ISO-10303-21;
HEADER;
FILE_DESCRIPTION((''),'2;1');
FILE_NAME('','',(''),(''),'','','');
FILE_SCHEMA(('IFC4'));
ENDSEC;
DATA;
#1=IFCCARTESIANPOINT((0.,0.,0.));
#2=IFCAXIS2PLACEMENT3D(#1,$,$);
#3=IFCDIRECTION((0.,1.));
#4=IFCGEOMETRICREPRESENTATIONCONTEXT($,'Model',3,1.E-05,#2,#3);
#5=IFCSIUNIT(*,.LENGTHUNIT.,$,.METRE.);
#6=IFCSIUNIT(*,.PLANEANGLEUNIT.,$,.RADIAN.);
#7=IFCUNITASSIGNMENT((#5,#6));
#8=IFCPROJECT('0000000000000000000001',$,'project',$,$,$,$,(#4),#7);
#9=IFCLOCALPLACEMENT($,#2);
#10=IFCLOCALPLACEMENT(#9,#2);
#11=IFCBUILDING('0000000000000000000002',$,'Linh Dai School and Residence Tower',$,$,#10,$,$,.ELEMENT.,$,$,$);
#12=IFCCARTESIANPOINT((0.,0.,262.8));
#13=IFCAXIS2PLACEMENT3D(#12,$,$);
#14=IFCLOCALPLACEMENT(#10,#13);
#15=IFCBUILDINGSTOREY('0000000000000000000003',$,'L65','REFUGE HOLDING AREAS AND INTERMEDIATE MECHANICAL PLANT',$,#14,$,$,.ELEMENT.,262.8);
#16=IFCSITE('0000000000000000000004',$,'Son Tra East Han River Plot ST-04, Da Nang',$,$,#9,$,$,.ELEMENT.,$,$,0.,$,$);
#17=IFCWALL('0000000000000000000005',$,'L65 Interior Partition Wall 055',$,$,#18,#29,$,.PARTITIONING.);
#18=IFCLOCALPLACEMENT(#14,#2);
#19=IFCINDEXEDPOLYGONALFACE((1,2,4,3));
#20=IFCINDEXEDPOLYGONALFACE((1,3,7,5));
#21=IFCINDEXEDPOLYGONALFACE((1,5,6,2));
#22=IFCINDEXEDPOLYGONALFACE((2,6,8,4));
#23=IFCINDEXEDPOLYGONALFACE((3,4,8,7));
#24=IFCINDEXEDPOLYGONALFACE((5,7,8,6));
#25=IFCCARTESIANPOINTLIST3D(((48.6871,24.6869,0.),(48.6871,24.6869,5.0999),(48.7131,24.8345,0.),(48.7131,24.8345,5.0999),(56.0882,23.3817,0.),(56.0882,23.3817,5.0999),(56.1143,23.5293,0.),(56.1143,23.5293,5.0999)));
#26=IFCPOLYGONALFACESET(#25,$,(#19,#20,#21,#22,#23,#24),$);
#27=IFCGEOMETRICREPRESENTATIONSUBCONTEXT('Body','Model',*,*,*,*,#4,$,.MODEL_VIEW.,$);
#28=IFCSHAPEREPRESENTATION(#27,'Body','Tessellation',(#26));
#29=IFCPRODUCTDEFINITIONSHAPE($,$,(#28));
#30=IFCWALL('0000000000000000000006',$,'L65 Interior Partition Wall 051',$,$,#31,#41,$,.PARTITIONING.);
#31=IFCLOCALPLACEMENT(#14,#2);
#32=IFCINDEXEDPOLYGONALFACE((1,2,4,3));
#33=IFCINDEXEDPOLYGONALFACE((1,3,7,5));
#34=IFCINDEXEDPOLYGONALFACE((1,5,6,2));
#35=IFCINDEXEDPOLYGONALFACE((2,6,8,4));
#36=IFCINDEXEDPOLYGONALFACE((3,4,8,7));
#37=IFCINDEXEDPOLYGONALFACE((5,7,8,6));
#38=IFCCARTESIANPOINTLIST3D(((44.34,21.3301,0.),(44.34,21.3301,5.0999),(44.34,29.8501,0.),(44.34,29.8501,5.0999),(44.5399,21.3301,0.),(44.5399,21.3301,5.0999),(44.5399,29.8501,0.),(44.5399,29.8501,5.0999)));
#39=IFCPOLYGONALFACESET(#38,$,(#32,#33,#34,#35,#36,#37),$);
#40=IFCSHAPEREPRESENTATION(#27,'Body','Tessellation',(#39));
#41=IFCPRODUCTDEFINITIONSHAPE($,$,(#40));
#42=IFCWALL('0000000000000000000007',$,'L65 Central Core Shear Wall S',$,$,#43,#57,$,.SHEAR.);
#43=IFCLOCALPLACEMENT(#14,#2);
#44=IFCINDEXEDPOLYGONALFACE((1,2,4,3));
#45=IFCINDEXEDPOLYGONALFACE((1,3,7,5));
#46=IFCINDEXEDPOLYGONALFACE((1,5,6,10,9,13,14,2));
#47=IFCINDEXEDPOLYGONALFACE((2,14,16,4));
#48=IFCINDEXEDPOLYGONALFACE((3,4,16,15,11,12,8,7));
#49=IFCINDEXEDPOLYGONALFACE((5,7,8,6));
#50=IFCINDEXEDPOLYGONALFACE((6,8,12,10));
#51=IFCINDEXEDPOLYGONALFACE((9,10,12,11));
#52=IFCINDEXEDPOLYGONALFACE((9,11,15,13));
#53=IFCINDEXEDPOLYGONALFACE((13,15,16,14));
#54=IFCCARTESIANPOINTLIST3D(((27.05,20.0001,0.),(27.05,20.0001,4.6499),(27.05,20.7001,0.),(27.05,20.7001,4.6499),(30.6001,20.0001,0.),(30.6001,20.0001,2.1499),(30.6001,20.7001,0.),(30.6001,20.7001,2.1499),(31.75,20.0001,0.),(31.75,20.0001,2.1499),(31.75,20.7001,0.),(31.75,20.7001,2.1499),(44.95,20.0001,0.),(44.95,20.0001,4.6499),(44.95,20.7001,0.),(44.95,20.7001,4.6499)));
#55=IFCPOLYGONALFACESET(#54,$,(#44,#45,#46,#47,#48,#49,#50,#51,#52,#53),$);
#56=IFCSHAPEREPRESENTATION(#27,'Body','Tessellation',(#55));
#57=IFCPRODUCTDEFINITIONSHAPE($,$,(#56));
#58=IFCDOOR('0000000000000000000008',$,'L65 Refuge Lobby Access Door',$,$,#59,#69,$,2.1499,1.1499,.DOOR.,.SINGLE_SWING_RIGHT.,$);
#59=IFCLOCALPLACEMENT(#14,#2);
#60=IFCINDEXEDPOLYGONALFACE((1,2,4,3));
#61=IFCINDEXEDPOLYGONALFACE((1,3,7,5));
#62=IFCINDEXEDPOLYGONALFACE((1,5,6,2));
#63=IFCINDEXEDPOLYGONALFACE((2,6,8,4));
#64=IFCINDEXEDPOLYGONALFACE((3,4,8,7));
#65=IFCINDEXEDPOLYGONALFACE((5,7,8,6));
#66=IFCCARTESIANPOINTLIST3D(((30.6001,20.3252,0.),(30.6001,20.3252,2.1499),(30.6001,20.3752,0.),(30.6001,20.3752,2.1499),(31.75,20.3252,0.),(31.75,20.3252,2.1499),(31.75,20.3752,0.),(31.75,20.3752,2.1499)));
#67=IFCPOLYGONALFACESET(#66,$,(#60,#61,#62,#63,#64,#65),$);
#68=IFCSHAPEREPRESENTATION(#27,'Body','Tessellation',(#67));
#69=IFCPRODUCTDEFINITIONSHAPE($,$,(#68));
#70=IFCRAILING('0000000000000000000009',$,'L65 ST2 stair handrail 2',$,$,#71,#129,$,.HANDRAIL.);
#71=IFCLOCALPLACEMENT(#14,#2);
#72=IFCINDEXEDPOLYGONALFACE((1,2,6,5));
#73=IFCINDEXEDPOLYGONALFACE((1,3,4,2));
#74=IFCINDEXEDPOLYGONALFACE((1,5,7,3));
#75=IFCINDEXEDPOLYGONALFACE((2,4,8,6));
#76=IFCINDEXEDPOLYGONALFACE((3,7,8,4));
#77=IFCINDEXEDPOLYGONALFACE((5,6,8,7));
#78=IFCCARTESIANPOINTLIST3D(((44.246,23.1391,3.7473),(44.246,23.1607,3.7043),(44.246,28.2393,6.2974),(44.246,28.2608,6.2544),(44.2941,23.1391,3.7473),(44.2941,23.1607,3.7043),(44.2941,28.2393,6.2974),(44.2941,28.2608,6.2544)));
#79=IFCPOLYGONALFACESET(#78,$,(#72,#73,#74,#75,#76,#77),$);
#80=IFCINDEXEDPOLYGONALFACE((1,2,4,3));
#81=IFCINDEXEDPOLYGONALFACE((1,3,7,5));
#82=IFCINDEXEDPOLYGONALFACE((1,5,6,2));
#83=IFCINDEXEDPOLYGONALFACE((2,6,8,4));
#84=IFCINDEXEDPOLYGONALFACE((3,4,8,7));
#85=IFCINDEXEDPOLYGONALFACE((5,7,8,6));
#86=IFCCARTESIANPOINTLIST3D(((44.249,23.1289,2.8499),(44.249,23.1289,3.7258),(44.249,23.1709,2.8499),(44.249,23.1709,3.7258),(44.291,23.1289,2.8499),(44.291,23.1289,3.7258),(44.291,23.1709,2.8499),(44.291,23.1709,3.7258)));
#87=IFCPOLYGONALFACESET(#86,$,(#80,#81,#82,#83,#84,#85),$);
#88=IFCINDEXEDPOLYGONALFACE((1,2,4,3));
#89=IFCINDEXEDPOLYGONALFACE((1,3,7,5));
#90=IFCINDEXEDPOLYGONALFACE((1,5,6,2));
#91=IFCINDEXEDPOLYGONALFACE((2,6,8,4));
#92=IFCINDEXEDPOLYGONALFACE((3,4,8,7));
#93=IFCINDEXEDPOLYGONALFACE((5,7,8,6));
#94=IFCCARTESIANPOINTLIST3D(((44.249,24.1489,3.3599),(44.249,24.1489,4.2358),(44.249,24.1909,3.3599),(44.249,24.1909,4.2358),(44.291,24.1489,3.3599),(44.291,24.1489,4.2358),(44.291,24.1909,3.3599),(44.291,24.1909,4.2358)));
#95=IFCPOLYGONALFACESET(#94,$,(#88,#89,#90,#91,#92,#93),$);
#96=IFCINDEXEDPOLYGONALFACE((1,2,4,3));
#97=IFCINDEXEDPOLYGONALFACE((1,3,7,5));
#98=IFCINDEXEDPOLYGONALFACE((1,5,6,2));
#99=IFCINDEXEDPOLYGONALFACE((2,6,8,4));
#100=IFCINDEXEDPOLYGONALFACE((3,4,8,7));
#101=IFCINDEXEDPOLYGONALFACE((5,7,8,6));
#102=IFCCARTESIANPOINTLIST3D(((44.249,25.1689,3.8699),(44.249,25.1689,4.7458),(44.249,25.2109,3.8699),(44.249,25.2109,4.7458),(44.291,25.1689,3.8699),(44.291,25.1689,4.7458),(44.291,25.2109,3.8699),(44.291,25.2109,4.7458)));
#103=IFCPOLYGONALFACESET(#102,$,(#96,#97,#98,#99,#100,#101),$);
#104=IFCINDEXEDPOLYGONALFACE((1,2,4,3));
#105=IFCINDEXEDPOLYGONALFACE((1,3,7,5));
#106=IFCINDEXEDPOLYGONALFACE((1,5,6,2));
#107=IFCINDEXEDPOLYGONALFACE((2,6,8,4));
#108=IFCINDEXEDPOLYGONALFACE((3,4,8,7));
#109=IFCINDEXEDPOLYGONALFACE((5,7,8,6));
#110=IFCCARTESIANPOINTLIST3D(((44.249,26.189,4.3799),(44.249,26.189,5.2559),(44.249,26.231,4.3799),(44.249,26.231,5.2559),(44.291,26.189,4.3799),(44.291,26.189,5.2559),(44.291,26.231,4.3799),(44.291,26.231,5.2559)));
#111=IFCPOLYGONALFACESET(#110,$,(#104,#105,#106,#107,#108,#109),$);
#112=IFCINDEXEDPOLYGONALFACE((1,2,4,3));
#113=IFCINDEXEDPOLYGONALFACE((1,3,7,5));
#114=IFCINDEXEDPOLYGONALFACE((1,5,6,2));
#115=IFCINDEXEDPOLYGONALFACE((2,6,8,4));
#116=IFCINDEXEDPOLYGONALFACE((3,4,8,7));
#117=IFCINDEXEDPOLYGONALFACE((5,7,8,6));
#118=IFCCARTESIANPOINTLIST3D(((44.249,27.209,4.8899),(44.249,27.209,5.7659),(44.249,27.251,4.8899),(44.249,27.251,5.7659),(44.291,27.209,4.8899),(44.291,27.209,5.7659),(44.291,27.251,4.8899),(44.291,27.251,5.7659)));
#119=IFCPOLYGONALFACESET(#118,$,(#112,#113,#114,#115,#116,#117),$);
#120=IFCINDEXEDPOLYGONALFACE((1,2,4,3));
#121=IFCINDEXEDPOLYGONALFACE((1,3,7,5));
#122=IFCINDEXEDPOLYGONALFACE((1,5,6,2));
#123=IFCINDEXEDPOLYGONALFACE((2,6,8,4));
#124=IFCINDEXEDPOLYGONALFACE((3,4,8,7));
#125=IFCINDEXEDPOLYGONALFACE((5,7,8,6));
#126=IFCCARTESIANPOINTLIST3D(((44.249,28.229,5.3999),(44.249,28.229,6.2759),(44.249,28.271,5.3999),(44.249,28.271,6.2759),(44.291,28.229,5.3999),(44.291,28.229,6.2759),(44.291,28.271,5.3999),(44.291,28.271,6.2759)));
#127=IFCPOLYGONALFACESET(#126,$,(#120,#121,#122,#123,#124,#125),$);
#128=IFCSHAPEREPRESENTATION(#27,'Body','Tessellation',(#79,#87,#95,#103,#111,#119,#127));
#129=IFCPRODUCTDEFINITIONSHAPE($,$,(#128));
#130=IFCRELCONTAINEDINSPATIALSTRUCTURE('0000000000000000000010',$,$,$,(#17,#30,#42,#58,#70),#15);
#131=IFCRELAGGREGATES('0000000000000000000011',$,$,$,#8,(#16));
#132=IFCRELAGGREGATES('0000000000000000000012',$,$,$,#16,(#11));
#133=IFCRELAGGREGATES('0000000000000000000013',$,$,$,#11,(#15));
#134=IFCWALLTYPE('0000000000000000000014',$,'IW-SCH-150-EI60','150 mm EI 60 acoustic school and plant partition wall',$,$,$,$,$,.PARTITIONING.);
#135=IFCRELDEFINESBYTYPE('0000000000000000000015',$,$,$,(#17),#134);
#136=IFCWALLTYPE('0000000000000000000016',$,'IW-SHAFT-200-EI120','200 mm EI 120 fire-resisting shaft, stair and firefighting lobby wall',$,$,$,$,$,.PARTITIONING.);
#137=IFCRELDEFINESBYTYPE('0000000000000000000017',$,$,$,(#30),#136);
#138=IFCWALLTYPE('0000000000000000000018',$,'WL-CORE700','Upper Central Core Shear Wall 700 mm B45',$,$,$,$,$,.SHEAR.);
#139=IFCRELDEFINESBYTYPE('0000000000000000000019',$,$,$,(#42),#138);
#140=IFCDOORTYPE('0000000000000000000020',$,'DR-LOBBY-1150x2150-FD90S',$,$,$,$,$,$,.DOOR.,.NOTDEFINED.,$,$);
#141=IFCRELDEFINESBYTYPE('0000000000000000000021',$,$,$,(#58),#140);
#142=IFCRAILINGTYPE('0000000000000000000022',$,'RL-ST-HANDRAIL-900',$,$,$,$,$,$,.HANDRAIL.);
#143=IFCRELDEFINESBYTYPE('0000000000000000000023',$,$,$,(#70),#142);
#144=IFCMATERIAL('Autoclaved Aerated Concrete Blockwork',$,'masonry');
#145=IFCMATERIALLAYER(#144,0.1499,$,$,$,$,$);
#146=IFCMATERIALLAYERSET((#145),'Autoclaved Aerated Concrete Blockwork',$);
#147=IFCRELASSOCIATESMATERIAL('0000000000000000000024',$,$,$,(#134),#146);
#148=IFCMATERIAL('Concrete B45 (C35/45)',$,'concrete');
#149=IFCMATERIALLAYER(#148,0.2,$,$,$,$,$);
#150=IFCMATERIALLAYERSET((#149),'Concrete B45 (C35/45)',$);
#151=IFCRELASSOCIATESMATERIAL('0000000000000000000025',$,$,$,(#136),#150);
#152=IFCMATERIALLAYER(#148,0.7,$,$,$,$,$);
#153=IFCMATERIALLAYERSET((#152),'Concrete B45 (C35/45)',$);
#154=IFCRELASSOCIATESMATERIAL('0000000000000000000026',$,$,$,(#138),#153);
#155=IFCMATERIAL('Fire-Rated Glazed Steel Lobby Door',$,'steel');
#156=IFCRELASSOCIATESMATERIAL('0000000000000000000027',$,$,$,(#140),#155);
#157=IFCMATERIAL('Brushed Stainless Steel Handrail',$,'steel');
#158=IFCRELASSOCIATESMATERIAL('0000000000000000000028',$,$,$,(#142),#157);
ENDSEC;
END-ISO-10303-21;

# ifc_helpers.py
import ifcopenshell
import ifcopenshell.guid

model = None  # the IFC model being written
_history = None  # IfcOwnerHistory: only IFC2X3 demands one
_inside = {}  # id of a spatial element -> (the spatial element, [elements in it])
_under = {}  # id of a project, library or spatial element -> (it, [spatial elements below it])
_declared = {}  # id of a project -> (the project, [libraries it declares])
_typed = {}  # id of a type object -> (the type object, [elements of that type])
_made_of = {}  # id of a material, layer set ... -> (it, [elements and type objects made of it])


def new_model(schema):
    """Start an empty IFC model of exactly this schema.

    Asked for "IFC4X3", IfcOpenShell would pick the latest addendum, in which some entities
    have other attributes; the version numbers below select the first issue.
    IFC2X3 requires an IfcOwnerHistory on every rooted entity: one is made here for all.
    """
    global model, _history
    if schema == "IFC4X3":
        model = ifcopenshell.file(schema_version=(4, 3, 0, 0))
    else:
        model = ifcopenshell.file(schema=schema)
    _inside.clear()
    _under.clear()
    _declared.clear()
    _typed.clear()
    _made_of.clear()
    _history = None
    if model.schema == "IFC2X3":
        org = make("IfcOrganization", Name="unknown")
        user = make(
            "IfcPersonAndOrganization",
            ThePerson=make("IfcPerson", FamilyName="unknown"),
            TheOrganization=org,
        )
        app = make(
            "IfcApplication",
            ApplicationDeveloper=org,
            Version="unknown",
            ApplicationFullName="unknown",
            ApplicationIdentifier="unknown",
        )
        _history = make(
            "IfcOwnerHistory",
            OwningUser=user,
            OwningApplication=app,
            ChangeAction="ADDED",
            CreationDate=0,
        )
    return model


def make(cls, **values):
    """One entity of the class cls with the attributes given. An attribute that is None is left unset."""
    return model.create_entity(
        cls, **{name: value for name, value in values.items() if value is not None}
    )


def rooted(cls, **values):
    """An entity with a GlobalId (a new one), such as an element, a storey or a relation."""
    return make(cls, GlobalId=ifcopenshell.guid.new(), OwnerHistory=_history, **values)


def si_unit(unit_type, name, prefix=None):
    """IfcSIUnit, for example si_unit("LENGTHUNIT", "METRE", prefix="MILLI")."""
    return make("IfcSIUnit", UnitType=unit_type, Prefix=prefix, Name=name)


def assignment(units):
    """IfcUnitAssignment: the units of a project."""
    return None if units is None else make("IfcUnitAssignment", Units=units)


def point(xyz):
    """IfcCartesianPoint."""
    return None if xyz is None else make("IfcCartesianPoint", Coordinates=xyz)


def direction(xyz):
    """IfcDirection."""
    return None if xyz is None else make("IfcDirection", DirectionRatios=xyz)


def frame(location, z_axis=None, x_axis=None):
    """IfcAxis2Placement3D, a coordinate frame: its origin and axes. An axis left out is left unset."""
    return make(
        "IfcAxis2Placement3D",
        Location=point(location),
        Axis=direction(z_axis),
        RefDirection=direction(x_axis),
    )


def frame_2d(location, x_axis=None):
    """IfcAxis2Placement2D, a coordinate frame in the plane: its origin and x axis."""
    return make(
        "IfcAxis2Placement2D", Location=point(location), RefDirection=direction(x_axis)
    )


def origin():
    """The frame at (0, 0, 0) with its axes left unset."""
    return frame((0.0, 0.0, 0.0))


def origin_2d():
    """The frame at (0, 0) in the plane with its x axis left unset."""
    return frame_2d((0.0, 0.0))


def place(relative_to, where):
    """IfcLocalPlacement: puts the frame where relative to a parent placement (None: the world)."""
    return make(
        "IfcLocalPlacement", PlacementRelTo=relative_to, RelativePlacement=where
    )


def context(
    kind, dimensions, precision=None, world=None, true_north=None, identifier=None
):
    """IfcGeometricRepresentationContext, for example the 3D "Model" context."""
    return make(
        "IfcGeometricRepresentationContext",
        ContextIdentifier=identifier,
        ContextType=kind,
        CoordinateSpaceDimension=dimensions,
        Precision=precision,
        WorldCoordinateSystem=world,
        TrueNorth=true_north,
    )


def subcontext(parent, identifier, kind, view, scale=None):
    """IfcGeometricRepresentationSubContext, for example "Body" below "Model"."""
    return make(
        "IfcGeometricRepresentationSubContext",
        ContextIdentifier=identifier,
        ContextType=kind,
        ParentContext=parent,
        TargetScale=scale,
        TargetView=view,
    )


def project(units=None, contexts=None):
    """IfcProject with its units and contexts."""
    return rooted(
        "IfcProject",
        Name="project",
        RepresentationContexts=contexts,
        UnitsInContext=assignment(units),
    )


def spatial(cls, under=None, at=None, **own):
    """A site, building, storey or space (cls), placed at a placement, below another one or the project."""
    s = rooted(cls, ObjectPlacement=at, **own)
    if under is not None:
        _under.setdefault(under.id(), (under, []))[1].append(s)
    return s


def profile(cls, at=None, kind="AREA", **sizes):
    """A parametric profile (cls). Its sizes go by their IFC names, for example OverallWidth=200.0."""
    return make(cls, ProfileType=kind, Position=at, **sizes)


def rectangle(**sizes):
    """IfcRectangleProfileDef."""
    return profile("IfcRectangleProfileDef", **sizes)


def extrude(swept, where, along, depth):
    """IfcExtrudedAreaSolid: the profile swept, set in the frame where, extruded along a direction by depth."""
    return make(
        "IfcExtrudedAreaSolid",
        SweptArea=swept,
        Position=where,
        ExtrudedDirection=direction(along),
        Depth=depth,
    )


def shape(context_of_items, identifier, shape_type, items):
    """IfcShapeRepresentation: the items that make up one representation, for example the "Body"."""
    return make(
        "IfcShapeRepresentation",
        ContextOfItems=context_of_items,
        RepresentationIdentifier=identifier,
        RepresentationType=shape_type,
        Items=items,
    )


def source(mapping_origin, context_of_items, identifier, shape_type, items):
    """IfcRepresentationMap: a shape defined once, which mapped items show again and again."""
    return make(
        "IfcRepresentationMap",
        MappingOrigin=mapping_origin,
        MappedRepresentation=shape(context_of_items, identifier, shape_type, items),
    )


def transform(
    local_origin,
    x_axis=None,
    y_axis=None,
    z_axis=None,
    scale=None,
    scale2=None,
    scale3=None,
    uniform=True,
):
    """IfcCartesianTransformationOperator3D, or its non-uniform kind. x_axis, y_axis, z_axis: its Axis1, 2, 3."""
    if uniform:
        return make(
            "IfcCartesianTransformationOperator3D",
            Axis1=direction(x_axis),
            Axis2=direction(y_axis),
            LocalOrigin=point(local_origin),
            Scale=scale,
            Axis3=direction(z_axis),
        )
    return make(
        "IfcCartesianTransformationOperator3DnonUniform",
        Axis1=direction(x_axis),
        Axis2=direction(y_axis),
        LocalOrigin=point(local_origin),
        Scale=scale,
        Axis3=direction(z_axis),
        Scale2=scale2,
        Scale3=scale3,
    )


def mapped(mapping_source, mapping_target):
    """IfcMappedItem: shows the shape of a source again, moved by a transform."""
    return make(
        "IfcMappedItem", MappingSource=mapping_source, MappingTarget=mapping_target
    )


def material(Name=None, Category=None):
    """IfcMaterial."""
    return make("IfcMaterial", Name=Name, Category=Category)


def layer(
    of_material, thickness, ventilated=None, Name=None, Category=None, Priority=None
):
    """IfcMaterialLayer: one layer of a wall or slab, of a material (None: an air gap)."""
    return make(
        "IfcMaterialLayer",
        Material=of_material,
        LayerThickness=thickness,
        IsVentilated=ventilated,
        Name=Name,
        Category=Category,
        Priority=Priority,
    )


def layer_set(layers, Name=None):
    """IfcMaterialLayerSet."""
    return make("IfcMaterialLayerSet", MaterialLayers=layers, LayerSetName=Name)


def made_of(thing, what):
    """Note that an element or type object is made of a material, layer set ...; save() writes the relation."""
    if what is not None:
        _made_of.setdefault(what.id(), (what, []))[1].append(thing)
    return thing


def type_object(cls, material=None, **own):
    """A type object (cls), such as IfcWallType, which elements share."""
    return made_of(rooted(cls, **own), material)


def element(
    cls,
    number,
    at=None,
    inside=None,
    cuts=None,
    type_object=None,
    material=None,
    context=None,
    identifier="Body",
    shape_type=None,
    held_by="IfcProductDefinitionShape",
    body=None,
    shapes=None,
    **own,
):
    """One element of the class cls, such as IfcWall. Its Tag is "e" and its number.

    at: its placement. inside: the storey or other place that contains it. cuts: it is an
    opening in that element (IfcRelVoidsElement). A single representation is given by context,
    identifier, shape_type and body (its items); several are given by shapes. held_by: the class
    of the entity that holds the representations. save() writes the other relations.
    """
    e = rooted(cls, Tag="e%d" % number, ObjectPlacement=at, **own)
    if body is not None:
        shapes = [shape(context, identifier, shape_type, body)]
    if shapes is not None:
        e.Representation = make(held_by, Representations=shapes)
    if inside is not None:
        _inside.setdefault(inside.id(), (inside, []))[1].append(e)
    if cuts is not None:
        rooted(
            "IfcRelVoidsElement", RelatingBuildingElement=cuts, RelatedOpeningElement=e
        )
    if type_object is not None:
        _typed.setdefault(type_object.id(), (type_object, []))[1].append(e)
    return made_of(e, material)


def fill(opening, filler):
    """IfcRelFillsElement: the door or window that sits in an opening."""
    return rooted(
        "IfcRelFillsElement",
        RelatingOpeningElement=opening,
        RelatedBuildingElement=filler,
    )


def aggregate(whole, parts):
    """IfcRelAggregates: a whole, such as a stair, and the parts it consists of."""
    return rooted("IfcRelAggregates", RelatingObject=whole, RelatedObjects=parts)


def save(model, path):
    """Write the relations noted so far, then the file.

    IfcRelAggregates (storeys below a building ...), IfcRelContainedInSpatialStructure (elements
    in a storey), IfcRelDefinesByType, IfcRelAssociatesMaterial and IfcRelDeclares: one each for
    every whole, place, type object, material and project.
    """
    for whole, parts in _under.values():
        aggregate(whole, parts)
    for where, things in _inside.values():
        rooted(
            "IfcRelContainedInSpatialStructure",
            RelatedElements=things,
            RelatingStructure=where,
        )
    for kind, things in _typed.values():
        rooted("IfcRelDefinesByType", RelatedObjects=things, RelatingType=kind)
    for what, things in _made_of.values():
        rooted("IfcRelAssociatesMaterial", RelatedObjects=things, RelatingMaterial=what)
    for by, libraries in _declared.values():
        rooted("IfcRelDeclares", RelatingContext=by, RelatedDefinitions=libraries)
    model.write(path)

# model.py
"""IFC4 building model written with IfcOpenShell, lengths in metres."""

from ifc_helpers import new_model, si_unit, direction, frame, frame_2d, origin, origin_2d, place, context, subcontext, project, spatial, rectangle, extrude, source, transform, mapped, material, layer, layer_set, type_object, element, fill, save


model = new_model("IFC4")

# Units and contexts
model_context = context("Model", 3, precision=1e-05, world=origin(), true_north=direction((0.0, 1.0)))
body_context = subcontext(model_context, "Body", "Model", "MODEL_VIEW")
ifc_project = project(units=[si_unit("LENGTHUNIT", "METRE"), si_unit("PLANEANGLEUNIT", "RADIAN")], contexts=[model_context])

# Site, building, storey
site_placement = place(None, origin())
site = spatial("IfcSite", under=ifc_project, at=site_placement, Name="Son Tra East Han River Plot ST-04, Da Nang", CompositionType="ELEMENT", RefElevation=0.0)
building_placement = place(site_placement, origin())
building = spatial("IfcBuilding", under=site, at=building_placement, Name="Linh Dai School and Residence Tower", CompositionType="ELEMENT")
storey_placement = place(building_placement, frame((0.0, 0.0, 262.8)))
storey = spatial("IfcBuildingStorey", under=building, at=storey_placement, Name="L65", Description="REFUGE HOLDING AREAS AND INTERMEDIATE MECHANICAL PLANT", CompositionType="ELEMENT", Elevation=262.8)

# Shared definitions
ifc_material_1 = material(Name="Concrete B45 (C35/45)", Category="concrete")

# Walls
ifc_material_2 = material(Name="Autoclaved Aerated Concrete Blockwork", Category="masonry")
ifc_layer_1 = layer(ifc_material_2, 0.1499)
ifc_layer_set_1 = layer_set([ifc_layer_1], Name="Autoclaved Aerated Concrete Blockwork")
wall_type_1 = type_object("IfcWallType", Name="IW-SCH-150-EI60", Description="150 mm EI 60 acoustic school and plant partition wall", PredefinedType="PARTITIONING", material=ifc_layer_set_1)
wall_1_placement = place(storey_placement, frame((48.7, 24.7607, 0.0), z_axis=(0.0, 0.0, 1.0), x_axis=(0.984804, -0.173669, 0.0)))
element("IfcWall", 1, at=wall_1_placement, inside=storey, type_object=wall_type_1, Name="L65 Interior Partition Wall 055", PredefinedType="PARTITIONING", context=body_context, shape_type="SweptSolid", body=[
    extrude(rectangle(XDim=7.5154, YDim=0.1499, at=frame_2d((3.7578, 0.0))), origin(), (0.0, 0.0, 1.0), 5.0999),
])
ifc_layer_2 = layer(ifc_material_1, 0.2)
ifc_layer_set_2 = layer_set([ifc_layer_2], Name="Concrete B45 (C35/45)")
wall_type_2 = type_object("IfcWallType", Name="IW-SHAFT-200-EI120", Description="200 mm EI 120 fire-resisting shaft, stair and firefighting lobby wall", PredefinedType="PARTITIONING", material=ifc_layer_set_2)
wall_2_placement = place(storey_placement, frame((44.4399, 21.3301, 0.0), z_axis=(0.0, 0.0, 1.0), x_axis=(0.0, 1.0, 0.0)))
element("IfcWall", 2, at=wall_2_placement, inside=storey, type_object=wall_type_2, Name="L65 Interior Partition Wall 051", PredefinedType="PARTITIONING", context=body_context, shape_type="SweptSolid", body=[
    extrude(rectangle(XDim=8.52, YDim=0.2, at=frame_2d((4.26, 0.0))), origin(), (0.0, 0.0, 1.0), 5.0999),
])

# Wall, opening, door
ifc_layer_3 = layer(ifc_material_1, 0.7)
ifc_layer_set_3 = layer_set([ifc_layer_3], Name="Concrete B45 (C35/45)")
wall_type_3 = type_object("IfcWallType", Name="WL-CORE700", Description="Upper Central Core Shear Wall 700 mm B45", PredefinedType="SHEAR", material=ifc_layer_set_3)
wall_3_placement = place(storey_placement, frame((44.95, 20.3501, 0.0), z_axis=(0.0, 0.0, 1.0), x_axis=(-1.0, 0.0, 0.0)))
wall_3 = element("IfcWall", 3, at=wall_3_placement, inside=storey, type_object=wall_type_3, Name="L65 Central Core Shear Wall S", PredefinedType="SHEAR", context=body_context, shape_type="SweptSolid", body=[
    extrude(rectangle(XDim=17.8999, YDim=0.7, at=frame_2d((8.95, 0.0))), origin(), (0.0, 0.0, 1.0), 4.6499),
])
opening_placement = place(wall_3_placement, frame((13.2, 0.0, 0.0)))
opening = element("IfcOpeningElement", 4, at=opening_placement, cuts=wall_3, PredefinedType="OPENING", context=body_context, shape_type="SweptSolid", body=[
    extrude(rectangle(XDim=1.1499, YDim=2.1499, at=origin_2d()), frame((0.575, 0.3599, 1.075), z_axis=(0.0, -1.0, 0.0), x_axis=(1.0, 0.0, 0.0)), (0.0, 0.0, 1.0), 0.72),
])
ifc_material_3 = material(Name="Fire-Rated Glazed Steel Lobby Door", Category="steel")
door_type = type_object("IfcDoorType", Name="DR-LOBBY-1150x2150-FD90S", OperationType="NOTDEFINED", PredefinedType="DOOR", material=ifc_material_3)
shared_shape_1 = source(origin(), body_context, "Body", "SweptSolid", [
    extrude(rectangle(XDim=1.1499, YDim=2.1499, at=origin_2d()), frame((0.575, 0.0249, 1.075), z_axis=(0.0, -1.0, 0.0), x_axis=(1.0, 0.0, 0.0)), (0.0, 0.0, 1.0), 0.05),
])
door_placement = place(opening_placement, origin())
door = element("IfcDoor", 5, at=door_placement, inside=storey, type_object=door_type, Name="L65 Refuge Lobby Access Door", OperationType="SINGLE_SWING_RIGHT", OverallHeight=2.1499, OverallWidth=1.1499, PredefinedType="DOOR", context=body_context, shape_type="MappedRepresentation", body=[
    mapped(shared_shape_1, transform((0.0, 0.0, 0.0), x_axis=(1.0, 0.0, 0.0), y_axis=(0.0, 1.0, 0.0), z_axis=(0.0, 0.0, 1.0), scale=1.0)),
])
fill(opening, door)

# Railing
ifc_material_4 = material(Name="Brushed Stainless Steel Handrail", Category="steel")
railing_type_1 = type_object("IfcRailingType", Name="RL-ST-HANDRAIL-900", PredefinedType="HANDRAIL", material=ifc_material_4)
shared_shape_2 = source(origin(), body_context, "Body", "SweptSolid", [
    extrude(rectangle(XDim=0.0481, YDim=0.0481, at=origin_2d()), frame((0.0, 0.0, 0.876), z_axis=(0.0, 0.894427, 0.447214), x_axis=(-1.0, 0.0, 0.0)), (0.0, 0.0, 1.0), 5.7021),
    extrude(rectangle(XDim=0.042, YDim=0.042, at=origin_2d()), origin(), (0.0, 0.0, 1.0), 0.876),
    extrude(rectangle(XDim=0.042, YDim=0.042, at=origin_2d()), frame((0.0, 1.02, 0.51)), (0.0, 0.0, 1.0), 0.876),
    extrude(rectangle(XDim=0.042, YDim=0.042, at=origin_2d()), frame((0.0, 2.04, 1.02)), (0.0, 0.0, 1.0), 0.876),
    extrude(rectangle(XDim=0.042, YDim=0.042, at=origin_2d()), frame((0.0, 3.0601, 1.53)), (0.0, 0.0, 1.0), 0.876),
    extrude(rectangle(XDim=0.042, YDim=0.042, at=origin_2d()), frame((0.0, 4.0801, 2.04)), (0.0, 0.0, 1.0), 0.876),
    extrude(rectangle(XDim=0.042, YDim=0.042, at=origin_2d()), frame((0.0, 5.1001, 2.55)), (0.0, 0.0, 1.0), 0.876),
])
railing_1_placement = place(storey_placement, frame((44.27, 23.1499, 2.8499)))
element("IfcRailing", 6, at=railing_1_placement, inside=storey, type_object=railing_type_1, Name="L65 ST2 stair handrail 2", PredefinedType="HANDRAIL", context=body_context, shape_type="MappedRepresentation", body=[
    mapped(shared_shape_2, transform((0.0, 0.0, 0.0), x_axis=(1.0, 0.0, 0.0), y_axis=(0.0, 1.0, 0.0), z_axis=(0.0, 0.0, 1.0), scale=1.0)),
])

save(model, "model.ifc")
